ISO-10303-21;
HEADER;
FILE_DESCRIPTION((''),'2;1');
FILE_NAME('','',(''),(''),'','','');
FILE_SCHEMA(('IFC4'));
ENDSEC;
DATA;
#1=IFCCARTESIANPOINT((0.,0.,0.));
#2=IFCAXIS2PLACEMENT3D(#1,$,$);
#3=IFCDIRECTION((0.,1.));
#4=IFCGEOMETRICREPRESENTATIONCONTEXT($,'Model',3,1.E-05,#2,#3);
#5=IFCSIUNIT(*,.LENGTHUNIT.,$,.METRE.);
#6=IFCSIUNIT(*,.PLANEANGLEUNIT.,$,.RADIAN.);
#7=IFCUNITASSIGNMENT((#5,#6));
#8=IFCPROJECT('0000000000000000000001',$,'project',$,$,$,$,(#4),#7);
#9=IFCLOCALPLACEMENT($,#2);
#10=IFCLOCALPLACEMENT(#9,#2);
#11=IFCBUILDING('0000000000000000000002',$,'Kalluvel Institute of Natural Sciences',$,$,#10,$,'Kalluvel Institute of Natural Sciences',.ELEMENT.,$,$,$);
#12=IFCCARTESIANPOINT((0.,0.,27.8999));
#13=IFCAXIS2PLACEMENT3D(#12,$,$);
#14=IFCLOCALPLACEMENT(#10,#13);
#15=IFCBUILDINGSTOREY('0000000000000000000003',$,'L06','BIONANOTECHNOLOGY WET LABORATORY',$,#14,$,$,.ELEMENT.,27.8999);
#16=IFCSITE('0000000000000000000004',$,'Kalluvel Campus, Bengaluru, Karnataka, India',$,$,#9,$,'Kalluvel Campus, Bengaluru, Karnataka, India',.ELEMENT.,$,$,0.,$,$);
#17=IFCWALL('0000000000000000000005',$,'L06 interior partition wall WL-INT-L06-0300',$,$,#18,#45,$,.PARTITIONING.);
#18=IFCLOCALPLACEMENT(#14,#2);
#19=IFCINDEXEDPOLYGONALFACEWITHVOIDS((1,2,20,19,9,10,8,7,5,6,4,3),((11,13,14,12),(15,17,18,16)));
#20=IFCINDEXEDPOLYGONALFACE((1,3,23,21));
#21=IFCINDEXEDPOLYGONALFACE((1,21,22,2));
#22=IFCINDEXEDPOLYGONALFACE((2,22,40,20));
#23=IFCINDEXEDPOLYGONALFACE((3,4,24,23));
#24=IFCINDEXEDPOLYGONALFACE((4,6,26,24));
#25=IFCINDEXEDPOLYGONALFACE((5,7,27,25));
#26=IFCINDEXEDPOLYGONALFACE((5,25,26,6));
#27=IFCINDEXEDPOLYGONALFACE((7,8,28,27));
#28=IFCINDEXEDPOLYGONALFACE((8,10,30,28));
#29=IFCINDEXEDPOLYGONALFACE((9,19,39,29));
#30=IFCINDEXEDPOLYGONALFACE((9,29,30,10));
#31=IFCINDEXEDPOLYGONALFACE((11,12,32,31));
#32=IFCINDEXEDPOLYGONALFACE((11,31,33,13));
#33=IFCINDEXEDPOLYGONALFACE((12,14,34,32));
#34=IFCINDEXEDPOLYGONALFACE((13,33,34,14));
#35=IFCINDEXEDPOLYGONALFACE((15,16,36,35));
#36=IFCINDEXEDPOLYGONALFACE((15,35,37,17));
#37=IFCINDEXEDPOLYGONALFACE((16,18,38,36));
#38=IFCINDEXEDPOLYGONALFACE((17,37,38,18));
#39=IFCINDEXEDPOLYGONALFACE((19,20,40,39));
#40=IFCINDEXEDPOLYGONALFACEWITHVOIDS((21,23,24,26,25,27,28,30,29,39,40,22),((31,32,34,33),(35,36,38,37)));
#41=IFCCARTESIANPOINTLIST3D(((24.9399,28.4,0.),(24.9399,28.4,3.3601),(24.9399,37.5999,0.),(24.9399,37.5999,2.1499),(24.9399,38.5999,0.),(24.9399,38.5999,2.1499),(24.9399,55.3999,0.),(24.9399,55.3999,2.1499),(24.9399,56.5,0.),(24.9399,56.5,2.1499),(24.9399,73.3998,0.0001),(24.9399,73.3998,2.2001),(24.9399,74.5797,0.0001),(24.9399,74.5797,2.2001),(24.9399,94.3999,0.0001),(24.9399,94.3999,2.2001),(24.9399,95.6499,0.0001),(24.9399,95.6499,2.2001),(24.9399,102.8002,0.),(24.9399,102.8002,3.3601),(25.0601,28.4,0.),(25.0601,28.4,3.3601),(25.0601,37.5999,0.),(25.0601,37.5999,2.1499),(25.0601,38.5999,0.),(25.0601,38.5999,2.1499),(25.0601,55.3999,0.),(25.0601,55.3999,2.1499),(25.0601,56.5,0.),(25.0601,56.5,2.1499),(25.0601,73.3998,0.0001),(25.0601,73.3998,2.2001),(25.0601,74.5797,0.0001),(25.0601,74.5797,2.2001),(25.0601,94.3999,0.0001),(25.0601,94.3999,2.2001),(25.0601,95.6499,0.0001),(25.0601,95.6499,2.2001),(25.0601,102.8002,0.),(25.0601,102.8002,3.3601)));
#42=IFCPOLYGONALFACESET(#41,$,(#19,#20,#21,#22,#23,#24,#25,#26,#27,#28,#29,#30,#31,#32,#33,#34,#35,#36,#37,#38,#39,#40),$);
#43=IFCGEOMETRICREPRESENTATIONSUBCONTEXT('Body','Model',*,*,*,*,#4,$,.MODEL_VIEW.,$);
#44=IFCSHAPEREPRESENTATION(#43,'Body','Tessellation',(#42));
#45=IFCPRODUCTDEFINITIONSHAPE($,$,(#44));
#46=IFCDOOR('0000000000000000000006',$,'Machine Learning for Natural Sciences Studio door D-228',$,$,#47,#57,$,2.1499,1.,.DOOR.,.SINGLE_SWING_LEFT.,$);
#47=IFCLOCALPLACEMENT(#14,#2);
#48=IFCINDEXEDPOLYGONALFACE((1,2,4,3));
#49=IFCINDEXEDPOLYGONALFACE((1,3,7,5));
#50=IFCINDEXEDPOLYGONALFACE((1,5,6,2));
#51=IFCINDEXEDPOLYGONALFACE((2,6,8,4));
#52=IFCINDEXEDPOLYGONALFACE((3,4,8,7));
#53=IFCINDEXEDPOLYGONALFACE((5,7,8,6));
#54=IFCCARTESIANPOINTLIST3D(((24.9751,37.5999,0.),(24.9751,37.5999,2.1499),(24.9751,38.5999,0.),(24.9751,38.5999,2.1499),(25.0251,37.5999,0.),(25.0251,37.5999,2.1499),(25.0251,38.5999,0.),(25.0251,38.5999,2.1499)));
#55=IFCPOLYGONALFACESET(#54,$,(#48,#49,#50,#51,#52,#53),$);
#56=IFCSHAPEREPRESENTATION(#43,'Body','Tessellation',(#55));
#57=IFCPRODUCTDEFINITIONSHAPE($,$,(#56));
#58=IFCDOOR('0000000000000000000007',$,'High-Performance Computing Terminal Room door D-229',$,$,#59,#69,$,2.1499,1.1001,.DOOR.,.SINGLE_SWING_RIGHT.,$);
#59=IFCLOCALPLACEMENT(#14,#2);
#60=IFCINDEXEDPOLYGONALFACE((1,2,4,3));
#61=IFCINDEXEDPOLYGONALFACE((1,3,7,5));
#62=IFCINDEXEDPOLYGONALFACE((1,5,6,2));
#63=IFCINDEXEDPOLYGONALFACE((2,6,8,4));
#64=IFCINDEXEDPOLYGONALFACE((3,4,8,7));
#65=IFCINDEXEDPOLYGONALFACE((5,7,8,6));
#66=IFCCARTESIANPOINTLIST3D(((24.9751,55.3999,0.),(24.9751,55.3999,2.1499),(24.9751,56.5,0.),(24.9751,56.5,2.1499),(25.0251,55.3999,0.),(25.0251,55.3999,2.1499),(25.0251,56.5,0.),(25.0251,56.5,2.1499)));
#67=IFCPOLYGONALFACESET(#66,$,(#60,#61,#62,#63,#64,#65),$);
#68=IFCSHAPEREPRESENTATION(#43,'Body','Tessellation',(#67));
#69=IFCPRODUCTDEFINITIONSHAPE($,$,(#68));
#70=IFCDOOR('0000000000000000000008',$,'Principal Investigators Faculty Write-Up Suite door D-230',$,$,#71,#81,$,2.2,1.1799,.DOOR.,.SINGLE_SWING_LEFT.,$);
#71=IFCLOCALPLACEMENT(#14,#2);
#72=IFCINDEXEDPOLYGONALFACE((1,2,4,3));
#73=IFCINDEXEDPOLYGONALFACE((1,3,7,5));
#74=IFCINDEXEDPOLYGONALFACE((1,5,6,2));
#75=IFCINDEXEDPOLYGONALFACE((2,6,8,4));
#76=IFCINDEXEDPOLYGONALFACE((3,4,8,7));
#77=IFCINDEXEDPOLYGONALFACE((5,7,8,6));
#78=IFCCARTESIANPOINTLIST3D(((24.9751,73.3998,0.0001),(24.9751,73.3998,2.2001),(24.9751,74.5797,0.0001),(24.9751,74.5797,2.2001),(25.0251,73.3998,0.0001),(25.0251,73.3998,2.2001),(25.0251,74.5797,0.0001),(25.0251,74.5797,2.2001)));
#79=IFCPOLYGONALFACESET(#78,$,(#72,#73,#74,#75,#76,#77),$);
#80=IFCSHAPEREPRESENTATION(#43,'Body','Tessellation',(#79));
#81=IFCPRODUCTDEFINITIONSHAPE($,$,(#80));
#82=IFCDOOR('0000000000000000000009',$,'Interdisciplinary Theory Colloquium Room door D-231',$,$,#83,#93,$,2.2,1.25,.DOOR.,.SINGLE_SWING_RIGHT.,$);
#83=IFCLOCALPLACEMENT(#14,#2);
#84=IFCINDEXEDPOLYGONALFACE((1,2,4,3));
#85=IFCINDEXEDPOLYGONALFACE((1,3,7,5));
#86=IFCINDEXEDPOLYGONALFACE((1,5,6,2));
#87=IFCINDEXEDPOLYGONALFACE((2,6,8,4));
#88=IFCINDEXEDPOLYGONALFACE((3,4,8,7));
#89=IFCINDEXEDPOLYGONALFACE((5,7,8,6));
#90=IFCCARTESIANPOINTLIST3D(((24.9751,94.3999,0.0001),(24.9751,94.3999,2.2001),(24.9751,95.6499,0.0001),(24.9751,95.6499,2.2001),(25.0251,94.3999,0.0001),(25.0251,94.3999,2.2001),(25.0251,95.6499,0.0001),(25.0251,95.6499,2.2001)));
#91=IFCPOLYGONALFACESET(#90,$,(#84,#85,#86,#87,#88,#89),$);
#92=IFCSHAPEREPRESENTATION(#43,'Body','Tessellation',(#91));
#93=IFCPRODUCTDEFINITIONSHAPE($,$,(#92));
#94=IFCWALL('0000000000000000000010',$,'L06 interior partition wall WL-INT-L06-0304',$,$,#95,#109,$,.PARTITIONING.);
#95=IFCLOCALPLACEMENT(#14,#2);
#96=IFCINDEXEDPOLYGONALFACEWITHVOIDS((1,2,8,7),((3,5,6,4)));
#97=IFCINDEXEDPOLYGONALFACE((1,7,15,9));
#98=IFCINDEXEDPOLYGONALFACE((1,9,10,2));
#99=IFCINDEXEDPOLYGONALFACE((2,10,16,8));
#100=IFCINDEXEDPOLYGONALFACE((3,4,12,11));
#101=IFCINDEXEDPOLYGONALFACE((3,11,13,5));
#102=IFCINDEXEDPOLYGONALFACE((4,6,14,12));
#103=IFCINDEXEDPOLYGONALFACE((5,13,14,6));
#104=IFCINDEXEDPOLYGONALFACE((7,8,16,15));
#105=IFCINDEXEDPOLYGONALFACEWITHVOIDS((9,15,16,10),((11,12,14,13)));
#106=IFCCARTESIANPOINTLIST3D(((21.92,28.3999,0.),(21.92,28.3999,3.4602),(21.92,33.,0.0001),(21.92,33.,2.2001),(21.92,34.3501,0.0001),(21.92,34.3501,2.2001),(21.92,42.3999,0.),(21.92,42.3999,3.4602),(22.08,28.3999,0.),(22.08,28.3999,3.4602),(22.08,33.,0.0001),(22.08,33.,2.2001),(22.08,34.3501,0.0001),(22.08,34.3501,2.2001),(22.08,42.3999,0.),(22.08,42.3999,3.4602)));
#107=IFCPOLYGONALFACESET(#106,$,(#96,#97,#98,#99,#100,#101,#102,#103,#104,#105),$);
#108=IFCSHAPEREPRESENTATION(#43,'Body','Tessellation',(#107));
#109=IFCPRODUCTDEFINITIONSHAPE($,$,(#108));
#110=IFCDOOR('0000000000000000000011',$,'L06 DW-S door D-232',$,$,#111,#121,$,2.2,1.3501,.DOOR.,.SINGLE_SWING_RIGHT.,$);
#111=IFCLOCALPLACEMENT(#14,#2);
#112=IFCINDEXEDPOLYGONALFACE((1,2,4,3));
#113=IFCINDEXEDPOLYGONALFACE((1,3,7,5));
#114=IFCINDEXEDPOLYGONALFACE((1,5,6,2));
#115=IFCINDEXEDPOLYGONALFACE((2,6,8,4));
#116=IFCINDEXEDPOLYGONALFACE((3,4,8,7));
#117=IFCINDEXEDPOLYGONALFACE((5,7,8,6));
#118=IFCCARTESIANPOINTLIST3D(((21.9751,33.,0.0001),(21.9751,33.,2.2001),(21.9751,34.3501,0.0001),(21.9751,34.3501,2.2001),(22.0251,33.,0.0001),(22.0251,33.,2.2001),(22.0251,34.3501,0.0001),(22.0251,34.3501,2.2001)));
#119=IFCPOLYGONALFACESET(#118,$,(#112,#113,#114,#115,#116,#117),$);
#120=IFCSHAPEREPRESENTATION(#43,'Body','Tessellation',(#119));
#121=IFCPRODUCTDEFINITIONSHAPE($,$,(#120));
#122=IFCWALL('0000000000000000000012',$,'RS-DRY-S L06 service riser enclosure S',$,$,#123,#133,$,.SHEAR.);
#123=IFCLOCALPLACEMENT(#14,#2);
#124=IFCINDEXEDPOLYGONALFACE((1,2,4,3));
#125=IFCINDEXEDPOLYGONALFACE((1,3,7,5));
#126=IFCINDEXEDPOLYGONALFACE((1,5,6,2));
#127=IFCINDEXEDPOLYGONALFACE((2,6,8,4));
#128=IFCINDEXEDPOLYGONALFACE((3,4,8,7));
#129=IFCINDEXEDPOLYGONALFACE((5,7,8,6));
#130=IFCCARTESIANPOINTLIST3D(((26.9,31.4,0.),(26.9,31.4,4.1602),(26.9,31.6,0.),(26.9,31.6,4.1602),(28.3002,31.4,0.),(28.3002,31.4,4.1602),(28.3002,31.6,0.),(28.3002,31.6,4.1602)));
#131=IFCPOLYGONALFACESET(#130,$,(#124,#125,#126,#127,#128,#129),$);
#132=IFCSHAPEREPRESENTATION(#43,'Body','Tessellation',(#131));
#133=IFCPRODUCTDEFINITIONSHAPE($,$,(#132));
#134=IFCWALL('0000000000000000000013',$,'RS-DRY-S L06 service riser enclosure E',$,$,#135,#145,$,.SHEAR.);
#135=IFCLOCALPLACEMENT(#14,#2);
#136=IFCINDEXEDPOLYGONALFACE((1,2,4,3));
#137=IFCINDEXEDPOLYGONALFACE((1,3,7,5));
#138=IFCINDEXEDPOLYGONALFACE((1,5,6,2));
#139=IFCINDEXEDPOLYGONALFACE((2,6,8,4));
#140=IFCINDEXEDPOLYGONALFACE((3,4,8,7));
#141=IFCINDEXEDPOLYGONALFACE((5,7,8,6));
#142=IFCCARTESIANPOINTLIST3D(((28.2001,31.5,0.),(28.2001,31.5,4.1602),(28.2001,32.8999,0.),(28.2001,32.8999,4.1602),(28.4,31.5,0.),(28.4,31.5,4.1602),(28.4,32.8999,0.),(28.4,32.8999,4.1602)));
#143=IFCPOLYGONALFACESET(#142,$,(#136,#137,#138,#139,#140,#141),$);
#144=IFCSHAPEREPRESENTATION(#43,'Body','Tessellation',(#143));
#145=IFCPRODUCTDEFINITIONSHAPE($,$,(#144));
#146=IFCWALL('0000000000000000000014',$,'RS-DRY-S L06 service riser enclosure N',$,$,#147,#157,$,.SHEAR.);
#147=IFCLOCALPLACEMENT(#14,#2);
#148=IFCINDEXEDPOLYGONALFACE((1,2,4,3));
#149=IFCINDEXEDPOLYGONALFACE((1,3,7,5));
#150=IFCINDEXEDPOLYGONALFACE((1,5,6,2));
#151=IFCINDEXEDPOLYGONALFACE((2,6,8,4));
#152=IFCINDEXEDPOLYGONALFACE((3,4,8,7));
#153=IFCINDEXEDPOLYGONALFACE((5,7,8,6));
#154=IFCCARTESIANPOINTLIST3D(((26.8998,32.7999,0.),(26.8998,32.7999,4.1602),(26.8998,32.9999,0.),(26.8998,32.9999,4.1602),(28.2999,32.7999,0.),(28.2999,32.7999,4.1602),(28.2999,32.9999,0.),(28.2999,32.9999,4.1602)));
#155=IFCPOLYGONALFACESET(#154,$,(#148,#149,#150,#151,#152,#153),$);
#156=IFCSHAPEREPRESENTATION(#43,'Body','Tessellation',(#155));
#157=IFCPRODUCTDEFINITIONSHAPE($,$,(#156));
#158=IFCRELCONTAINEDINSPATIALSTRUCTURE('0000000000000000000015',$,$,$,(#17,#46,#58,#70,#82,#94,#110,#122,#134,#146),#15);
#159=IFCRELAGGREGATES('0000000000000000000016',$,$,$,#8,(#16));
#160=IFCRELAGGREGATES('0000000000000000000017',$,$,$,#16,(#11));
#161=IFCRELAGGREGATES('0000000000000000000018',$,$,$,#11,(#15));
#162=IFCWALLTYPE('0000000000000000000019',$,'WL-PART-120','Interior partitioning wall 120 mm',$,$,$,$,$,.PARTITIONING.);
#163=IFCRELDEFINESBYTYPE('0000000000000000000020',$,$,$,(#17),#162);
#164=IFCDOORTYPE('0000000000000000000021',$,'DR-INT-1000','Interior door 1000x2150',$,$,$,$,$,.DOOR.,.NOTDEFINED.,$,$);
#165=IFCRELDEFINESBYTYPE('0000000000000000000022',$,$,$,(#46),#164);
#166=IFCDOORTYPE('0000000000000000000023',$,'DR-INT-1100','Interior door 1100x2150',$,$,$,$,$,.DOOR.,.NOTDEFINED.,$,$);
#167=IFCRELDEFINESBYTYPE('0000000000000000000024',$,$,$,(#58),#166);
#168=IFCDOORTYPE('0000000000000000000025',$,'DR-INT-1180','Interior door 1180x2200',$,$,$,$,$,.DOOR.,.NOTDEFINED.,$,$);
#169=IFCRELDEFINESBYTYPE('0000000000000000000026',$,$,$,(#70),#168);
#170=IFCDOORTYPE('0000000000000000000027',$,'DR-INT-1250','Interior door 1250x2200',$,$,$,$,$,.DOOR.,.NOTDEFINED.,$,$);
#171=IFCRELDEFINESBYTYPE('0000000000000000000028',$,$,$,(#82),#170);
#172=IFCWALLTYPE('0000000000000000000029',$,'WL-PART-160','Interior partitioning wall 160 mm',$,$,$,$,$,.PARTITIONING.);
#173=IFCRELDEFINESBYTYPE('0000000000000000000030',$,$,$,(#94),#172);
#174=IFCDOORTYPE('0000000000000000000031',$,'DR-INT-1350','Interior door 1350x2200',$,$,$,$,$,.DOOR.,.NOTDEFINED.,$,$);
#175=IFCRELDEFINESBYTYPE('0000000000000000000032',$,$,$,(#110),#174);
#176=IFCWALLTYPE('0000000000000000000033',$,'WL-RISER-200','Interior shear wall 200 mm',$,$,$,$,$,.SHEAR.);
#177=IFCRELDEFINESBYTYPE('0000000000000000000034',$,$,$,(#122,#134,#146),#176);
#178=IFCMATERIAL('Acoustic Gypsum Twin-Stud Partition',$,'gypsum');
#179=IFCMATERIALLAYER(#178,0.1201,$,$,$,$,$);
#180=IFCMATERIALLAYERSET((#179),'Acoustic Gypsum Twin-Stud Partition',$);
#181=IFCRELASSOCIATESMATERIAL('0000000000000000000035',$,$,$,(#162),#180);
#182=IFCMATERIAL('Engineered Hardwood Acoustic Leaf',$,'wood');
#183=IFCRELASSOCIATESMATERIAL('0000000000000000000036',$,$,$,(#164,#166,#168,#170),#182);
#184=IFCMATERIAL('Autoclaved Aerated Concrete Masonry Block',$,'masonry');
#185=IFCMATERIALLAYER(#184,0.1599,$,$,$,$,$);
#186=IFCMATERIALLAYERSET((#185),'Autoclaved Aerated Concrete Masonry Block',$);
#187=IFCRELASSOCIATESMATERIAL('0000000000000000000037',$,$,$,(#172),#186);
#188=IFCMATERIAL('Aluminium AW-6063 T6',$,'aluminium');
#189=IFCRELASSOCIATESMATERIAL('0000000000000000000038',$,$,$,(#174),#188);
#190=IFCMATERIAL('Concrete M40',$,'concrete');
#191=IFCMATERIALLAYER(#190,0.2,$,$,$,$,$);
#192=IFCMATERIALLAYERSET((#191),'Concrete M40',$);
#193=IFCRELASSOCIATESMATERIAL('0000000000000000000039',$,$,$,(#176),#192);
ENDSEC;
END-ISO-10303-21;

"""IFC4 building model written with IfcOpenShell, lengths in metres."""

from ifc_helpers import new_model, si_unit, direction, frame, frame_2d, origin, place, context, subcontext, project, spatial, rectangle, extrude, material, layer, layer_set, type_object, element, fill, save


model = new_model("IFC4")

# Units and contexts
model_context = context("Model", 3, precision=1e-05, world=origin(), true_north=direction((0.0, 1.0)))
body_context = subcontext(model_context, "Body", "Model", "MODEL_VIEW")
ifc_project = project(units=[si_unit("LENGTHUNIT", "METRE"), si_unit("PLANEANGLEUNIT", "RADIAN")], contexts=[model_context])

# Site, building, storey
site_placement = place(None, origin())
site = spatial("IfcSite", under=ifc_project, at=site_placement, Name="Kalluvel Campus, Bengaluru, Karnataka, India", LongName="Kalluvel Campus, Bengaluru, Karnataka, India", CompositionType="ELEMENT", RefElevation=0.0)
building_placement = place(site_placement, origin())
building = spatial("IfcBuilding", under=site, at=building_placement, Name="Kalluvel Institute of Natural Sciences", LongName="Kalluvel Institute of Natural Sciences", CompositionType="ELEMENT")
storey_placement = place(building_placement, frame((0.0, 0.0, 27.8999)))
storey = spatial("IfcBuildingStorey", under=building, at=storey_placement, Name="L06", Description="BIONANOTECHNOLOGY WET LABORATORY", CompositionType="ELEMENT", Elevation=27.8999)

# Shared definitions
ifc_material_1 = material(Name="Concrete M40", Category="concrete")

# Shared definitions
ifc_material_2 = material(Name="Aluminium AW-6063 T6", Category="aluminium")

# Wall, openings, doors
ifc_material_3 = material(Name="Acoustic Gypsum Twin-Stud Partition", Category="gypsum")
ifc_layer_1 = layer(ifc_material_3, 0.1201)
ifc_layer_set_1 = layer_set([ifc_layer_1], Name="Acoustic Gypsum Twin-Stud Partition")
wall_type_1 = type_object("IfcWallType", Name="WL-PART-120", Description="Interior partitioning wall 120 mm", PredefinedType="PARTITIONING", material=ifc_layer_set_1)
wall_1_placement = place(storey_placement, frame((25.0, 28.3999, 0.0), z_axis=(0.0, 0.0, 1.0), x_axis=(0.0, 1.0, 0.0)))
wall_1 = element("IfcWall", 1, at=wall_1_placement, inside=storey, type_object=wall_type_1, Name="L06 interior partition wall WL-INT-L06-0300", PredefinedType="PARTITIONING", context=body_context, shape_type="SweptSolid", body=[
    extrude(rectangle(XDim=74.4001, YDim=0.1201, at=frame_2d((37.2002, 0.0))), origin(), (0.0, 0.0, 1.0), 3.3601),
])
opening_1_placement = place(wall_1_placement, frame((9.2, 0.0, 0.0)))
opening_1 = element("IfcOpeningElement", 2, at=opening_1_placement, cuts=wall_1, PredefinedType="OPENING", context=body_context, shape_type="SweptSolid", body=[
    extrude(rectangle(XDim=1.0, YDim=2.1499, at=frame_2d((0.5, 1.075))), frame((0.0, 0.0701, 0.0), z_axis=(0.0, -1.0, 0.0), x_axis=(1.0, 0.0, 0.0)), (0.0, 0.0, 1.0), 0.1401),
])
opening_2_placement = place(wall_1_placement, frame((27.0, 0.0, 0.0)))
opening_2 = element("IfcOpeningElement", 3, at=opening_2_placement, cuts=wall_1, PredefinedType="OPENING", context=body_context, shape_type="SweptSolid", body=[
    extrude(rectangle(XDim=1.1001, YDim=2.1499, at=frame_2d((0.55, 1.075))), frame((0.0, 0.0701, 0.0), z_axis=(0.0, -1.0, 0.0), x_axis=(1.0, 0.0, 0.0)), (0.0, 0.0, 1.0), 0.1401),
])
opening_3_placement = place(wall_1_placement, frame((45.0, 0.0, 0.0)))
opening_3 = element("IfcOpeningElement", 4, at=opening_3_placement, cuts=wall_1, PredefinedType="OPENING", context=body_context, shape_type="SweptSolid", body=[
    extrude(rectangle(XDim=1.1799, YDim=2.2, at=frame_2d((0.5898, 1.1001))), frame((0.0, 0.0701, 0.0), z_axis=(0.0, -1.0, 0.0), x_axis=(1.0, 0.0, 0.0)), (0.0, 0.0, 1.0), 0.1401),
])
opening_4_placement = place(wall_1_placement, frame((66.0, 0.0, 0.0)))
opening_4 = element("IfcOpeningElement", 5, at=opening_4_placement, cuts=wall_1, PredefinedType="OPENING", context=body_context, shape_type="SweptSolid", body=[
    extrude(rectangle(XDim=1.25, YDim=2.2, at=frame_2d((0.625, 1.1001))), frame((0.0, 0.0701, 0.0), z_axis=(0.0, -1.0, 0.0), x_axis=(1.0, 0.0, 0.0)), (0.0, 0.0, 1.0), 0.1401),
])
ifc_material_4 = material(Name="Engineered Hardwood Acoustic Leaf", Category="wood")
door_type_1 = type_object("IfcDoorType", Name="DR-INT-1000", Description="Interior door 1000x2150", OperationType="NOTDEFINED", PredefinedType="DOOR", material=ifc_material_4)
door_1_placement = place(opening_1_placement, origin())
door_1 = element("IfcDoor", 6, at=door_1_placement, inside=storey, type_object=door_type_1, Name="Machine Learning for Natural Sciences Studio door D-228", OperationType="SINGLE_SWING_LEFT", OverallHeight=2.1499, OverallWidth=1.0, PredefinedType="DOOR", context=body_context, shape_type="SweptSolid", body=[
    extrude(rectangle(XDim=1.0, YDim=2.1499, at=frame_2d((0.5, 1.075))), frame((0.0, 0.0249, 0.0), z_axis=(0.0, -1.0, 0.0), x_axis=(1.0, 0.0, 0.0)), (0.0, 0.0, 1.0), 0.05),
])
fill(opening_1, door_1)
door_type_2 = type_object("IfcDoorType", Name="DR-INT-1100", Description="Interior door 1100x2150", OperationType="NOTDEFINED", PredefinedType="DOOR", material=ifc_material_4)
door_2_placement = place(opening_2_placement, origin())
door_2 = element("IfcDoor", 7, at=door_2_placement, inside=storey, type_object=door_type_2, Name="High-Performance Computing Terminal Room door D-229", OperationType="SINGLE_SWING_RIGHT", OverallHeight=2.1499, OverallWidth=1.1001, PredefinedType="DOOR", context=body_context, shape_type="SweptSolid", body=[
    extrude(rectangle(XDim=1.1001, YDim=2.1499, at=frame_2d((0.55, 1.075))), frame((0.0, 0.0249, 0.0), z_axis=(0.0, -1.0, 0.0), x_axis=(1.0, 0.0, 0.0)), (0.0, 0.0, 1.0), 0.05),
])
fill(opening_2, door_2)
door_type_3 = type_object("IfcDoorType", Name="DR-INT-1180", Description="Interior door 1180x2200", OperationType="NOTDEFINED", PredefinedType="DOOR", material=ifc_material_4)
door_3_placement = place(opening_3_placement, origin())
door_3 = element("IfcDoor", 8, at=door_3_placement, inside=storey, type_object=door_type_3, Name="Principal Investigators Faculty Write-Up Suite door D-230", OperationType="SINGLE_SWING_LEFT", OverallHeight=2.2, OverallWidth=1.1799, PredefinedType="DOOR", context=body_context, shape_type="SweptSolid", body=[
    extrude(rectangle(XDim=1.1799, YDim=2.2, at=frame_2d((0.5898, 1.1001))), frame((0.0, 0.0249, 0.0), z_axis=(0.0, -1.0, 0.0), x_axis=(1.0, 0.0, 0.0)), (0.0, 0.0, 1.0), 0.05),
])
fill(opening_3, door_3)
door_type_4 = type_object("IfcDoorType", Name="DR-INT-1250", Description="Interior door 1250x2200", OperationType="NOTDEFINED", PredefinedType="DOOR", material=ifc_material_4)
door_4_placement = place(opening_4_placement, origin())
door_4 = element("IfcDoor", 9, at=door_4_placement, inside=storey, type_object=door_type_4, Name="Interdisciplinary Theory Colloquium Room door D-231", OperationType="SINGLE_SWING_RIGHT", OverallHeight=2.2, OverallWidth=1.25, PredefinedType="DOOR", context=body_context, shape_type="SweptSolid", body=[
    extrude(rectangle(XDim=1.25, YDim=2.2, at=frame_2d((0.625, 1.1001))), frame((0.0, 0.0249, 0.0), z_axis=(0.0, -1.0, 0.0), x_axis=(1.0, 0.0, 0.0)), (0.0, 0.0, 1.0), 0.05),
])
fill(opening_4, door_4)

# Wall, opening, door
ifc_material_5 = material(Name="Autoclaved Aerated Concrete Masonry Block", Category="masonry")
ifc_layer_2 = layer(ifc_material_5, 0.1599)
ifc_layer_set_2 = layer_set([ifc_layer_2], Name="Autoclaved Aerated Concrete Masonry Block")
wall_type_2 = type_object("IfcWallType", Name="WL-PART-160", Description="Interior partitioning wall 160 mm", PredefinedType="PARTITIONING", material=ifc_layer_set_2)
wall_2_placement = place(storey_placement, frame((22.0, 28.3999, 0.0), z_axis=(0.0, 0.0, 1.0), x_axis=(0.0, 1.0, 0.0)))
wall_2 = element("IfcWall", 10, at=wall_2_placement, inside=storey, type_object=wall_type_2, Name="L06 interior partition wall WL-INT-L06-0304", PredefinedType="PARTITIONING", context=body_context, shape_type="SweptSolid", body=[
    extrude(rectangle(XDim=14.0, YDim=0.1599, at=frame_2d((7.0, 0.0))), origin(), (0.0, 0.0, 1.0), 3.4602),
])
opening_5_placement = place(wall_2_placement, frame((4.6001, 0.0, 0.0)))
opening_5 = element("IfcOpeningElement", 11, at=opening_5_placement, cuts=wall_2, PredefinedType="OPENING", context=body_context, shape_type="SweptSolid", body=[
    extrude(rectangle(XDim=1.3501, YDim=2.2, at=frame_2d((0.675, 1.1001))), frame((0.0, 0.0898, 0.0), z_axis=(0.0, -1.0, 0.0), x_axis=(1.0, 0.0, 0.0)), (0.0, 0.0, 1.0), 0.1799),
])
door_type_5 = type_object("IfcDoorType", Name="DR-INT-1350", Description="Interior door 1350x2200", OperationType="NOTDEFINED", PredefinedType="DOOR", material=ifc_material_2)
door_5_placement = place(opening_5_placement, origin())
door_5 = element("IfcDoor", 12, at=door_5_placement, inside=storey, type_object=door_type_5, Name="L06 DW-S door D-232", OperationType="SINGLE_SWING_RIGHT", OverallHeight=2.2, OverallWidth=1.3501, PredefinedType="DOOR", context=body_context, shape_type="SweptSolid", body=[
    extrude(rectangle(XDim=1.3501, YDim=2.2, at=frame_2d((0.675, 1.1001))), frame((0.0, 0.0249, 0.0), z_axis=(0.0, -1.0, 0.0), x_axis=(1.0, 0.0, 0.0)), (0.0, 0.0, 1.0), 0.05),
])
fill(opening_5, door_5)

# Walls
ifc_layer_3 = layer(ifc_material_1, 0.2)
ifc_layer_set_3 = layer_set([ifc_layer_3], Name="Concrete M40")
wall_type_3 = type_object("IfcWallType", Name="WL-RISER-200", Description="Interior shear wall 200 mm", PredefinedType="SHEAR", material=ifc_layer_set_3)
wall_3_placement = place(storey_placement, frame((26.8999, 31.5, 0.0), z_axis=(0.0, 0.0, 1.0), x_axis=(1.0, 0.0, 0.0)))
element("IfcWall", 13, at=wall_3_placement, inside=storey, type_object=wall_type_3, Name="RS-DRY-S L06 service riser enclosure S", PredefinedType="SHEAR", context=body_context, shape_type="SweptSolid", body=[
    extrude(rectangle(XDim=1.4001, YDim=0.2, at=frame_2d((0.7002, 0.0))), origin(), (0.0, 0.0, 1.0), 4.1602),
])
wall_4_placement = place(storey_placement, frame((28.3, 31.5, 0.0), z_axis=(0.0, 0.0, 1.0), x_axis=(0.0, 1.0, 0.0)))
element("IfcWall", 14, at=wall_4_placement, inside=storey, type_object=wall_type_3, Name="RS-DRY-S L06 service riser enclosure E", PredefinedType="SHEAR", context=body_context, shape_type="SweptSolid", body=[
    extrude(rectangle(XDim=1.3999, YDim=0.2, at=frame_2d((0.7, 0.0))), origin(), (0.0, 0.0, 1.0), 4.1602),
])
wall_5_placement = place(storey_placement, frame((28.3, 32.8999, 0.0), z_axis=(0.0, 0.0, 1.0), x_axis=(-1.0, 0.0, 0.0)))
element("IfcWall", 15, at=wall_5_placement, inside=storey, type_object=wall_type_3, Name="RS-DRY-S L06 service riser enclosure N", PredefinedType="SHEAR", context=body_context, shape_type="SweptSolid", body=[
    extrude(rectangle(XDim=1.4001, YDim=0.2, at=frame_2d((0.7002, 0.0))), origin(), (0.0, 0.0, 1.0), 4.1602),
])

save(model, "model.ifc")
